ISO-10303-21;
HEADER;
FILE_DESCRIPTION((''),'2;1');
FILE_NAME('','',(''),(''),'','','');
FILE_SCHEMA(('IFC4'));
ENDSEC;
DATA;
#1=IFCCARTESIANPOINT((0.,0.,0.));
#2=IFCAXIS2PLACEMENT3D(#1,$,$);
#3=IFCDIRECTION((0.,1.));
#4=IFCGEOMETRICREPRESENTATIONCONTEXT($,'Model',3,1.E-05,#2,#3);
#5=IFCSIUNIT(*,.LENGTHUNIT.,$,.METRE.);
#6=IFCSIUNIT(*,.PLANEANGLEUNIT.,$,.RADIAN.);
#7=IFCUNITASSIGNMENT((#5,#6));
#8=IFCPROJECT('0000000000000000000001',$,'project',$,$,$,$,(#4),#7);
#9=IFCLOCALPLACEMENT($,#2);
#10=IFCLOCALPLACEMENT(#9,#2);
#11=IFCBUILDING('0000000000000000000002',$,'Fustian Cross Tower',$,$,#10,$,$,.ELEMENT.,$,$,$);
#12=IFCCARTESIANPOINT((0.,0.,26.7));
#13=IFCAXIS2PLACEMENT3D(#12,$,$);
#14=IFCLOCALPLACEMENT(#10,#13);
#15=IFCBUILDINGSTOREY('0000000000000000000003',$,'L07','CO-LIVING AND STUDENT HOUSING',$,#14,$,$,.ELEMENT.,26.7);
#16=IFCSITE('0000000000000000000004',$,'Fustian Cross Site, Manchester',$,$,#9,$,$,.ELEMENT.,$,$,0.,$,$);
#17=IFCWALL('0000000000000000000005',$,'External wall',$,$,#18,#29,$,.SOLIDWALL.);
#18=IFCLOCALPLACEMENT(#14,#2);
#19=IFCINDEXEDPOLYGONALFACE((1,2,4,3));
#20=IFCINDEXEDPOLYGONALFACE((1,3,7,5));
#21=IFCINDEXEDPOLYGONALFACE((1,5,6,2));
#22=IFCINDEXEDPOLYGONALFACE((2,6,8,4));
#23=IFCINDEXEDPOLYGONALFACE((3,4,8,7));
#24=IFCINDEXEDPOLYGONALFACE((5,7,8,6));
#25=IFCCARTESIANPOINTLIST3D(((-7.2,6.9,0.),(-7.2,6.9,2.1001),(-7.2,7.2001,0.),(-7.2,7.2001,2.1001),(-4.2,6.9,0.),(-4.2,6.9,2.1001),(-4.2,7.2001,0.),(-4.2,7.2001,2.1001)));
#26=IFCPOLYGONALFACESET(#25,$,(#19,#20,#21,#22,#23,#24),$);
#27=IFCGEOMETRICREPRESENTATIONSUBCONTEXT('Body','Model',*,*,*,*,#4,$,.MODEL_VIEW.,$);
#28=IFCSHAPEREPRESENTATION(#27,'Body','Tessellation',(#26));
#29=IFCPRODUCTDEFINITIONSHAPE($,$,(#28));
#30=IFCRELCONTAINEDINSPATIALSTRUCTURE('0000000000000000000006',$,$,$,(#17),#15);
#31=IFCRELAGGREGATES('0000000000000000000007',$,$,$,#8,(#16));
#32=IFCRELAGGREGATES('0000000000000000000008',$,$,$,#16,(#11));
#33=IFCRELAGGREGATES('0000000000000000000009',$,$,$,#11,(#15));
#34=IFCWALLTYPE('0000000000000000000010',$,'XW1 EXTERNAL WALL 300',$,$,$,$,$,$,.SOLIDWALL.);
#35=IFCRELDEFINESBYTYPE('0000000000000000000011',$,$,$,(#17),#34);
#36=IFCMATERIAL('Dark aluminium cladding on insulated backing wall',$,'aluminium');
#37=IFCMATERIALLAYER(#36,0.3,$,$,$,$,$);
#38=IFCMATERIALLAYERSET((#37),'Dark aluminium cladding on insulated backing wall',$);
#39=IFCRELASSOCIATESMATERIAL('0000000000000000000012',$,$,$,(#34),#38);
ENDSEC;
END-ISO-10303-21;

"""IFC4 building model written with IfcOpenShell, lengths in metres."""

from ifc_helpers import new_model, si_unit, direction, frame, frame_2d, origin, place, context, subcontext, project, spatial, rectangle, extrude, material, layer, layer_set, type_object, element, save


model = new_model("IFC4")

# Units and contexts
model_context = context("Model", 3, precision=1e-05, world=origin(), true_north=direction((0.0, 1.0)))
body_context = subcontext(model_context, "Body", "Model", "MODEL_VIEW")
ifc_project = project(units=[si_unit("LENGTHUNIT", "METRE"), si_unit("PLANEANGLEUNIT", "RADIAN")], contexts=[model_context])

# Site, building, storey
site_placement = place(None, origin())
site = spatial("IfcSite", under=ifc_project, at=site_placement, Name="Fustian Cross Site, Manchester", CompositionType="ELEMENT", RefElevation=0.0)
building_placement = place(site_placement, origin())
building = spatial("IfcBuilding", under=site, at=building_placement, Name="Fustian Cross Tower", CompositionType="ELEMENT")
storey_placement = place(building_placement, frame((0.0, 0.0, 26.7)))
storey = spatial("IfcBuildingStorey", under=building, at=storey_placement, Name="L07", Description="CO-LIVING AND STUDENT HOUSING", CompositionType="ELEMENT", Elevation=26.7)

# Wall
ifc_material_1 = material(Name="Dark aluminium cladding on insulated backing wall", Category="aluminium")
ifc_layer_1 = layer(ifc_material_1, 0.3)
ifc_layer_set_1 = layer_set([ifc_layer_1], Name="Dark aluminium cladding on insulated backing wall")
wall_type_1 = type_object("IfcWallType", Name="XW1 EXTERNAL WALL 300", PredefinedType="SOLIDWALL", material=ifc_layer_set_1)
wall_1_placement = place(storey_placement, frame((-4.2, 7.05, 0.0), z_axis=(0.0, 0.0, 1.0), x_axis=(-1.0, 0.0, 0.0)))
element("IfcWall", 1, at=wall_1_placement, inside=storey, type_object=wall_type_1, Name="External wall", PredefinedType="SOLIDWALL", context=body_context, shape_type="SweptSolid", body=[
    extrude(rectangle(XDim=3.0, YDim=0.3, at=frame_2d((1.5, 0.0))), origin(), (0.0, 0.0, 1.0), 2.1001),
])

save(model, "model.ifc")
